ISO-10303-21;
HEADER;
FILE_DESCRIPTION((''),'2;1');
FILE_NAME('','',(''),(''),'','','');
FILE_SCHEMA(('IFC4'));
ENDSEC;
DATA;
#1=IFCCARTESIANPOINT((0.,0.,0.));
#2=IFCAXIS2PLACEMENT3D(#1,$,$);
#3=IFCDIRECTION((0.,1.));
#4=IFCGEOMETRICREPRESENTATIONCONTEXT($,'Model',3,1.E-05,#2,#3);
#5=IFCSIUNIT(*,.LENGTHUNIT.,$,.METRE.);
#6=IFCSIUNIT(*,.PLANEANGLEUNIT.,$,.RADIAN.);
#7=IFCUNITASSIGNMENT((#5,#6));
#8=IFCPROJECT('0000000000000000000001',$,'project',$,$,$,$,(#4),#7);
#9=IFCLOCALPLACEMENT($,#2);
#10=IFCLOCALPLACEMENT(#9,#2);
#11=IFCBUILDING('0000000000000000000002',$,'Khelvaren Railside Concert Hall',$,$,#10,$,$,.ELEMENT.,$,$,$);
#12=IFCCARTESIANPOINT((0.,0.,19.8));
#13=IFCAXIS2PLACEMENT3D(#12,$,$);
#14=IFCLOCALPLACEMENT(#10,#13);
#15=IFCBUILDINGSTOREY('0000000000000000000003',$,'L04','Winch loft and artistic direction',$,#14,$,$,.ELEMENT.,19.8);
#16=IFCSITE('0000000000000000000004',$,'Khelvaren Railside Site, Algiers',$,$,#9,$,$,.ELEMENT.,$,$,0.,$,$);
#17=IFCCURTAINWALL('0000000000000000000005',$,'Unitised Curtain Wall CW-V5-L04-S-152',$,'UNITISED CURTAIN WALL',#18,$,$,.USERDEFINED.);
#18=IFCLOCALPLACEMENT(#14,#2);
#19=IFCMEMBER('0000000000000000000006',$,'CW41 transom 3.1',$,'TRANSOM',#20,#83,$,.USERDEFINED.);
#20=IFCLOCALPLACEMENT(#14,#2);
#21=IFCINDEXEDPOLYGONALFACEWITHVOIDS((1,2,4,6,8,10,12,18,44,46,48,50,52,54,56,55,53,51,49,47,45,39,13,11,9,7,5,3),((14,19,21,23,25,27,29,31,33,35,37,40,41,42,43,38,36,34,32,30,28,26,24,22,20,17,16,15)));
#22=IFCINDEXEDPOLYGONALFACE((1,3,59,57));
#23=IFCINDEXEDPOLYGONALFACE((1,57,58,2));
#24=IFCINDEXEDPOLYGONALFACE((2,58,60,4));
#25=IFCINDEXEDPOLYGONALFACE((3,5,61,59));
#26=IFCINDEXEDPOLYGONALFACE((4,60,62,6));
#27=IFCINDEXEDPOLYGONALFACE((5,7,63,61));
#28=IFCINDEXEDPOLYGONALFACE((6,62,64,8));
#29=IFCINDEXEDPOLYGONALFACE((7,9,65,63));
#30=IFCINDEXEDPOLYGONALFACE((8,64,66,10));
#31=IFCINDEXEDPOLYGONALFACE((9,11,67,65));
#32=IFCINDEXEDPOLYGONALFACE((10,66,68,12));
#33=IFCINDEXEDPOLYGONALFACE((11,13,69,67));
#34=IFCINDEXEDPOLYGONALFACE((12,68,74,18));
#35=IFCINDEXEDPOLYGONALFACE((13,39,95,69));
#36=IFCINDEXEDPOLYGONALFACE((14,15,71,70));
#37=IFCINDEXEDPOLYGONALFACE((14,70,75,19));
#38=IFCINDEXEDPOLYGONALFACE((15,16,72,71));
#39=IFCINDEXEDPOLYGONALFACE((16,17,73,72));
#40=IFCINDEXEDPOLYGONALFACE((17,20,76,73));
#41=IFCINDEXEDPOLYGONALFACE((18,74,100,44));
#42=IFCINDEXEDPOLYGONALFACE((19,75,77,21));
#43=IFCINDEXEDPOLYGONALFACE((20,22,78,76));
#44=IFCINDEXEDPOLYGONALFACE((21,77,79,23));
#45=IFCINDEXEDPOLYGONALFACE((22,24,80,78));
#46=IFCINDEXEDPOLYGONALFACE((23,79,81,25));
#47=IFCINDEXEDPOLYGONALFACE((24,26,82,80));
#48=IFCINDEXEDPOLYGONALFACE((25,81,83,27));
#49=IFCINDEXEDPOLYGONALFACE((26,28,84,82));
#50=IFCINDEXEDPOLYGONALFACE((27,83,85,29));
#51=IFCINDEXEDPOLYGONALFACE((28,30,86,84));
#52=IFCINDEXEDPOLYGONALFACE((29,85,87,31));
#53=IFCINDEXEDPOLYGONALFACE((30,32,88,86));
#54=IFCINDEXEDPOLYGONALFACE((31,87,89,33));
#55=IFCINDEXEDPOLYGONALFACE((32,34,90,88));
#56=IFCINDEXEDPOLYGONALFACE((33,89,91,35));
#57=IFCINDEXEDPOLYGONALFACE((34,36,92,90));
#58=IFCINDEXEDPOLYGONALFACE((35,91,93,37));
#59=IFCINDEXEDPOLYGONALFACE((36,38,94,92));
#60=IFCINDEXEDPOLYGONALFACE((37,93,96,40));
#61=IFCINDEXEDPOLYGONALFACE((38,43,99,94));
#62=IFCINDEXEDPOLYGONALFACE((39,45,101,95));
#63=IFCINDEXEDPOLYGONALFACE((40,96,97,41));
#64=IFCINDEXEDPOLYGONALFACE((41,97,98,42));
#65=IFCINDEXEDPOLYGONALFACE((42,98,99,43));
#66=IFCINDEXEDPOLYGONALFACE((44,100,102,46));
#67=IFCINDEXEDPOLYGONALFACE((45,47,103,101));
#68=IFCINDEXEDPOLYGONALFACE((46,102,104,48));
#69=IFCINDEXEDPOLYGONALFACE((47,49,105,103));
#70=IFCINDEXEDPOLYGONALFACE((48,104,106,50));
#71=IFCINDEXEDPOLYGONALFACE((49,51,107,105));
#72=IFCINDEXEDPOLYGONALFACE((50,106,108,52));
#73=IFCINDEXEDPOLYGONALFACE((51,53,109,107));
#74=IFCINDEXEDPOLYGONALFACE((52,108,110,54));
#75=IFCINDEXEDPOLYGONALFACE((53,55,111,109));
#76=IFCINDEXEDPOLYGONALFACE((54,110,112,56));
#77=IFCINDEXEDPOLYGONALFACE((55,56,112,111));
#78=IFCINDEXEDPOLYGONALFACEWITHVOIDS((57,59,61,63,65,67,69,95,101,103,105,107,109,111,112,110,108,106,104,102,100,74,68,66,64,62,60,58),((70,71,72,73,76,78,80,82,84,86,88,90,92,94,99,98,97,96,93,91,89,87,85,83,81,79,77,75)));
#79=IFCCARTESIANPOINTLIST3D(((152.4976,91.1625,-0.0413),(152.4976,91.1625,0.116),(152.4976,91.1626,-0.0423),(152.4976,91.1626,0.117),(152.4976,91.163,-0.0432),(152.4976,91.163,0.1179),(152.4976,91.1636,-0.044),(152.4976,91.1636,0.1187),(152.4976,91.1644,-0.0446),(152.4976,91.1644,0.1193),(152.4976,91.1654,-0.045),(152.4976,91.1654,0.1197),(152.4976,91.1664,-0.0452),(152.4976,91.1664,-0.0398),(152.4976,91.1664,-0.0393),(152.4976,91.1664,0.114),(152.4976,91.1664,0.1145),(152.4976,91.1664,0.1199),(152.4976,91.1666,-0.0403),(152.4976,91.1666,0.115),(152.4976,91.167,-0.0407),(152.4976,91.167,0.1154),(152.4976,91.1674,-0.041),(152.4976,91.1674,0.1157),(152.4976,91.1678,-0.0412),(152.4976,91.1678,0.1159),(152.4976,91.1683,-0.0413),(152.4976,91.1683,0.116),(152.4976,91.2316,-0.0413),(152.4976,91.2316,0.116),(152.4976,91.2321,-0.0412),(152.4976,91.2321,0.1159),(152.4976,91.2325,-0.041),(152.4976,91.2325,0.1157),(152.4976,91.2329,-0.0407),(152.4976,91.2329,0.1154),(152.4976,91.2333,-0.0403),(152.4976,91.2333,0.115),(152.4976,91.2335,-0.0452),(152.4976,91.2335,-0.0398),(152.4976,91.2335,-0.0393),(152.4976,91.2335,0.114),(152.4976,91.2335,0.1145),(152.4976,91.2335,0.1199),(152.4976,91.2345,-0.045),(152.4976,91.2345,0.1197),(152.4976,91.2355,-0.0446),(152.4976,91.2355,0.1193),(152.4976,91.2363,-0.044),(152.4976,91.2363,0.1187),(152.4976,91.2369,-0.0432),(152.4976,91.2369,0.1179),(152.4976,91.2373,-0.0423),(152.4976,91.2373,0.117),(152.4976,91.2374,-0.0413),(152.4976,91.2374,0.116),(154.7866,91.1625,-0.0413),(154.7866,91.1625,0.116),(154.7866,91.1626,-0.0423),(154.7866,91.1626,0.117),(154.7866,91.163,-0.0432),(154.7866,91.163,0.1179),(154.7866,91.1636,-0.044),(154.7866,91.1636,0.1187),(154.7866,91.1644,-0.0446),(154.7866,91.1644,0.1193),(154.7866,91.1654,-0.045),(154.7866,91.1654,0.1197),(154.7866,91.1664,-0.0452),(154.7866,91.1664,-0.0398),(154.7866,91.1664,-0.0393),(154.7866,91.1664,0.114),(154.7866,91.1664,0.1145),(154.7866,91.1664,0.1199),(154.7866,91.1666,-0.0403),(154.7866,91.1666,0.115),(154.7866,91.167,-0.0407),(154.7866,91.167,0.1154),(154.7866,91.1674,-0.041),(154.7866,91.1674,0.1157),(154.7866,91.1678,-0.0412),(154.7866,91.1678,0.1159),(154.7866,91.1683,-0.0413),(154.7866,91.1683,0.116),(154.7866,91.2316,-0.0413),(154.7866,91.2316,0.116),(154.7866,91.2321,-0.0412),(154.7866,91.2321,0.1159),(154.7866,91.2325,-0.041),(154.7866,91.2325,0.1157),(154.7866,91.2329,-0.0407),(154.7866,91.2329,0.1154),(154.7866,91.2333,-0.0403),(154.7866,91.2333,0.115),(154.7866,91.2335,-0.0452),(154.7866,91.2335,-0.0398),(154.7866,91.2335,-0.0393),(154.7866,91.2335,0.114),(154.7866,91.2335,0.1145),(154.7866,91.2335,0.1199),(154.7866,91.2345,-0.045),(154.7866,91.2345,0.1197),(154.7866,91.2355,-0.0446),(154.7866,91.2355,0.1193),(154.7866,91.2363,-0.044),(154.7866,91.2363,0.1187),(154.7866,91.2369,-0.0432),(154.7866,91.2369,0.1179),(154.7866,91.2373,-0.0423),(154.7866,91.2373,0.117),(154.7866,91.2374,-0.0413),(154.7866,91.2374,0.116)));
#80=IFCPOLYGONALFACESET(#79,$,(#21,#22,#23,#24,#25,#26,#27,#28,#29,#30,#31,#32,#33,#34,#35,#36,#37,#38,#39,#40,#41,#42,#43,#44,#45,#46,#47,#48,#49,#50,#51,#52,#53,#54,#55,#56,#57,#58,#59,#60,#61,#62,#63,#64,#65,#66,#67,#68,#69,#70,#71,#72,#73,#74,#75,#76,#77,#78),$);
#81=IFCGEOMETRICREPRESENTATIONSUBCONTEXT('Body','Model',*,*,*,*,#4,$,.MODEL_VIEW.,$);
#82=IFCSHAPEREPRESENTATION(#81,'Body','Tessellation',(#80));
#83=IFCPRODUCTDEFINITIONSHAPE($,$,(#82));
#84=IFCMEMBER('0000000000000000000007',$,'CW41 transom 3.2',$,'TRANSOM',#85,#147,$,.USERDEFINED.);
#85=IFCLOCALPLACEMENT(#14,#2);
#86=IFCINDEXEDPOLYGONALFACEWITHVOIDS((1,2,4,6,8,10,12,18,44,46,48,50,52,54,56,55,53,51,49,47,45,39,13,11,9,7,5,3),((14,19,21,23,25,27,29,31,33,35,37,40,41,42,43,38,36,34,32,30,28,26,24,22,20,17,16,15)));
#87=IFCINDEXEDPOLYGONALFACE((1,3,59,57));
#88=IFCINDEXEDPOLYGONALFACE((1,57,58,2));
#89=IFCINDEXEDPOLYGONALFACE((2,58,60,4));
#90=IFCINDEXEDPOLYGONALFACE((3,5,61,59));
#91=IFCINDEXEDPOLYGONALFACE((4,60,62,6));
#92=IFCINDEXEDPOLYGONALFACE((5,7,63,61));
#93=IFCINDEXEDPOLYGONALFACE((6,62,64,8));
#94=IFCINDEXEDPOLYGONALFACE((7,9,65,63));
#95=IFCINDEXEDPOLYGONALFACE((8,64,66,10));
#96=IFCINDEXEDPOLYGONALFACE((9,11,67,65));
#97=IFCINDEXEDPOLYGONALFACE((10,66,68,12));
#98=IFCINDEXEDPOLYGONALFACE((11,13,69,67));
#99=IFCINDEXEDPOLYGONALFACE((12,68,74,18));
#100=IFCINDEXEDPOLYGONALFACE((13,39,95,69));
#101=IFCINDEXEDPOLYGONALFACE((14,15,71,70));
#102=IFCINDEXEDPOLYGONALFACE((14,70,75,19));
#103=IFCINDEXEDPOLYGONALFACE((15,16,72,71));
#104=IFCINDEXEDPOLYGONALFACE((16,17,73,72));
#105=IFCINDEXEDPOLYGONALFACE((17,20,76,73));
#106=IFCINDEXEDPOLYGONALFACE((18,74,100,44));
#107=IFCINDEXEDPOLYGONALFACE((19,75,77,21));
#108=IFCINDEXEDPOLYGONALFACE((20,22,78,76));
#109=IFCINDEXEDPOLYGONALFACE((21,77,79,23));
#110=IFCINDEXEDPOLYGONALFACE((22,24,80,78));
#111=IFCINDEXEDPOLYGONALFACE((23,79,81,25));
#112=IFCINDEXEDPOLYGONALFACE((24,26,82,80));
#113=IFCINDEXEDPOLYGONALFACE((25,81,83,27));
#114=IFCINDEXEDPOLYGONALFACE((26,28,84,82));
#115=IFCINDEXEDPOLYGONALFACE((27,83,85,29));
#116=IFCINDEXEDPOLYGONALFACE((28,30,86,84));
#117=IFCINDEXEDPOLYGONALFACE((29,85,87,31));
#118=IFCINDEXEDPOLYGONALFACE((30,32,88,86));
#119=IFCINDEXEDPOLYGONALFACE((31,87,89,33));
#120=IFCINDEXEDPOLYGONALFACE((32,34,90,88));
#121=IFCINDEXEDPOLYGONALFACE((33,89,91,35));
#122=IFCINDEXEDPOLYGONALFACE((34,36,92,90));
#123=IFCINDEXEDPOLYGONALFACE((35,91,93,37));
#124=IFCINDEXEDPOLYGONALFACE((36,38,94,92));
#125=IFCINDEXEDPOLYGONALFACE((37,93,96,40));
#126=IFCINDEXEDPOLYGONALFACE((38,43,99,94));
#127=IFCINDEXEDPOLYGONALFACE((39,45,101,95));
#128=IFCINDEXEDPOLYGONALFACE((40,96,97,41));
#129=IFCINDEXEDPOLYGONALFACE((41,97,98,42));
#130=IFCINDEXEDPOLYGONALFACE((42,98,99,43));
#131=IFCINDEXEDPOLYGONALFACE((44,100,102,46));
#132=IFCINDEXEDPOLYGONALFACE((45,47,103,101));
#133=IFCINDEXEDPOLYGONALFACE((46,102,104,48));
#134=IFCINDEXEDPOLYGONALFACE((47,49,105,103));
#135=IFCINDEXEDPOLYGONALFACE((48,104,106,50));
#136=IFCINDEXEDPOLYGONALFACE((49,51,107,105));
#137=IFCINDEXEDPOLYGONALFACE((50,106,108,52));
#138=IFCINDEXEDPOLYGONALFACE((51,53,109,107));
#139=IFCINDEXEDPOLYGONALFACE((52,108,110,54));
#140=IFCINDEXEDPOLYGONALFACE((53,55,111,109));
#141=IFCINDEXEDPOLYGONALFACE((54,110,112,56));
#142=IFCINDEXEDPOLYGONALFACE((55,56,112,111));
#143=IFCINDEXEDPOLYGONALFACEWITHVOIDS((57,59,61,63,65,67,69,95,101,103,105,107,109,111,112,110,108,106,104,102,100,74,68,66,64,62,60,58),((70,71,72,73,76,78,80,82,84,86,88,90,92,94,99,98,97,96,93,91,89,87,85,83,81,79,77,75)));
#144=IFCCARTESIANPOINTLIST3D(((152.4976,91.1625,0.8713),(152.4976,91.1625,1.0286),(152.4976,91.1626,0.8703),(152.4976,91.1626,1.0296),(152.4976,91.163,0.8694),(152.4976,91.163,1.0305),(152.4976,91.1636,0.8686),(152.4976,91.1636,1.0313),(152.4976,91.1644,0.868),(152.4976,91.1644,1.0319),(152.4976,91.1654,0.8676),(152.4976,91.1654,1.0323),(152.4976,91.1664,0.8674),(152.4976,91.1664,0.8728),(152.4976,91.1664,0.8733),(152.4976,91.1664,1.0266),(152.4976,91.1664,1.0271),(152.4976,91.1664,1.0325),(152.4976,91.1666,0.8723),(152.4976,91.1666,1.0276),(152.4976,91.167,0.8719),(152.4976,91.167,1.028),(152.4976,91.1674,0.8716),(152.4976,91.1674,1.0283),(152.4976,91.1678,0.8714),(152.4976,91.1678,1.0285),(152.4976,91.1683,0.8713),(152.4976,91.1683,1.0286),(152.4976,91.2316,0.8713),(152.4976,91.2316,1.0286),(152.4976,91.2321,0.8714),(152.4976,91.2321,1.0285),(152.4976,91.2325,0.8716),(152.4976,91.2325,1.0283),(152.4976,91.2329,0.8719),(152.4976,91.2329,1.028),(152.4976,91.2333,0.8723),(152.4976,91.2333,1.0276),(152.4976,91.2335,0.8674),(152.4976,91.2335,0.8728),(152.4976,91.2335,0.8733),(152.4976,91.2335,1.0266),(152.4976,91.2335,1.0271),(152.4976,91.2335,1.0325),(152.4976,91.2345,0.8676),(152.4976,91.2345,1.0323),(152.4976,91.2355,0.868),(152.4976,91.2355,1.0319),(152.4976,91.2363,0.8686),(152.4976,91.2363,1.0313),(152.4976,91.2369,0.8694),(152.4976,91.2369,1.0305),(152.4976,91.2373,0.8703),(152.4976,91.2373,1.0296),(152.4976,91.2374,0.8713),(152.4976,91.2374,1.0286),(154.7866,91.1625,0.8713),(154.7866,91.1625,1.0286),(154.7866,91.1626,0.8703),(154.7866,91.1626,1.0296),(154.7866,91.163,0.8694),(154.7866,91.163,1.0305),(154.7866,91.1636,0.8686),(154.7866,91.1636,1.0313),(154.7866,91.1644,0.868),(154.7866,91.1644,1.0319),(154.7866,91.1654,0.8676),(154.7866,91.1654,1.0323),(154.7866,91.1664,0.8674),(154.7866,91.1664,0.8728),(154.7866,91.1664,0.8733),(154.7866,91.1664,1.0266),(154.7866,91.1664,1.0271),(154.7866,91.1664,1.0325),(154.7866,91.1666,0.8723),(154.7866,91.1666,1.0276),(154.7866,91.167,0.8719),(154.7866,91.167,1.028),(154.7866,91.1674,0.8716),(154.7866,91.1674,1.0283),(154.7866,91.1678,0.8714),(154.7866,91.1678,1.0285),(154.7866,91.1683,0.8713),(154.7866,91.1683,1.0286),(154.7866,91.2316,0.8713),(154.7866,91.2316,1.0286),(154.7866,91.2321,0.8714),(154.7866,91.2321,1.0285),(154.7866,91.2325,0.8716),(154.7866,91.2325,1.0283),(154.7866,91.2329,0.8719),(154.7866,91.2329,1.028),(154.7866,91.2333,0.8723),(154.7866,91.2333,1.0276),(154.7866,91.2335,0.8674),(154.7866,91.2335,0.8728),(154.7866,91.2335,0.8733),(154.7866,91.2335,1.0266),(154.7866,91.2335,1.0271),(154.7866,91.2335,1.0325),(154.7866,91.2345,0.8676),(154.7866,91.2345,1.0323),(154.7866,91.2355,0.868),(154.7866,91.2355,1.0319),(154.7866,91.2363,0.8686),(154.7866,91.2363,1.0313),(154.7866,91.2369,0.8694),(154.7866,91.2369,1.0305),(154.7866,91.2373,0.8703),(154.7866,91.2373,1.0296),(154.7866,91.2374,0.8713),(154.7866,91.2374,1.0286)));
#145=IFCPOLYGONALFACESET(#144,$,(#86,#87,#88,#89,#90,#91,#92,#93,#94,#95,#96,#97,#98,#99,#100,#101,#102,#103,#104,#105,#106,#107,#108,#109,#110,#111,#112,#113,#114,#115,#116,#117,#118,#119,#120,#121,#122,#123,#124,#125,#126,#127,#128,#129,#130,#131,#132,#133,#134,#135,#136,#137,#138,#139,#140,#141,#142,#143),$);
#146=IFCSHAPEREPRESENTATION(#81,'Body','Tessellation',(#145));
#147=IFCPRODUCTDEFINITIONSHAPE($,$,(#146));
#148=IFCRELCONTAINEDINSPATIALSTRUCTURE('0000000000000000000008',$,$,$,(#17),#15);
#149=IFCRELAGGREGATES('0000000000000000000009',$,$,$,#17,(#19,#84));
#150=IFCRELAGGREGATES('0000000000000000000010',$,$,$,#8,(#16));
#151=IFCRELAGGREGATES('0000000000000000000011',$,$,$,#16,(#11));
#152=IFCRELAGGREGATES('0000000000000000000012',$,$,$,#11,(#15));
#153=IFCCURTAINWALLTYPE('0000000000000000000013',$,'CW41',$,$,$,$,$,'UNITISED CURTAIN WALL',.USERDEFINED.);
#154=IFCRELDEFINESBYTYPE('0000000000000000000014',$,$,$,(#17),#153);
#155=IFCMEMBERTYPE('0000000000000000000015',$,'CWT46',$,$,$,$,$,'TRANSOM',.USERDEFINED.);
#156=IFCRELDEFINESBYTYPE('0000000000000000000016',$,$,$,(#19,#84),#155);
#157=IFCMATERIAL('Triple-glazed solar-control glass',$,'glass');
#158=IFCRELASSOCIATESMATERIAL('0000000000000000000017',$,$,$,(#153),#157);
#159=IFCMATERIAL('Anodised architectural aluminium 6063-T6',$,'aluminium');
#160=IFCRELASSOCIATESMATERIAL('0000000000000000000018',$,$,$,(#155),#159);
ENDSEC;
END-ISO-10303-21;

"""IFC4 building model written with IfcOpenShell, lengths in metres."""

from ifc_helpers import new_model, si_unit, direction, frame, origin, origin_2d, place, context, subcontext, project, spatial, hollow_rectangle, extrude, material, material_profile, profile_set, type_object, element, aggregate, save


model = new_model("IFC4")

# Units and contexts
model_context = context("Model", 3, precision=1e-05, world=origin(), true_north=direction((0.0, 1.0)))
body_context = subcontext(model_context, "Body", "Model", "MODEL_VIEW")
ifc_project = project(units=[si_unit("LENGTHUNIT", "METRE"), si_unit("PLANEANGLEUNIT", "RADIAN")], contexts=[model_context])

# Site, building, storey
site_placement = place(None, origin())
site = spatial("IfcSite", under=ifc_project, at=site_placement, Name="Khelvaren Railside Site, Algiers", CompositionType="ELEMENT", RefElevation=0.0)
building_placement = place(site_placement, origin())
building = spatial("IfcBuilding", under=site, at=building_placement, Name="Khelvaren Railside Concert Hall", CompositionType="ELEMENT")
storey_placement = place(building_placement, frame((0.0, 0.0, 19.8)))
storey = spatial("IfcBuildingStorey", under=building, at=storey_placement, Name="L04", Description="Winch loft and artistic direction", CompositionType="ELEMENT", Elevation=19.8)

# Curtain wall
ifc_material_1 = material(Name="Triple-glazed solar-control glass", Category="glass")
ifc_material_2 = material(Name="Anodised architectural aluminium 6063-T6", Category="aluminium")
curtain_wall_type_1 = type_object("IfcCurtainWallType", Name="CW41", ElementType="UNITISED CURTAIN WALL", PredefinedType="USERDEFINED", material=ifc_material_1)
curtain_wall_1_placement = place(storey_placement, origin())
curtain_wall_1 = element("IfcCurtainWall", 1, at=curtain_wall_1_placement, inside=storey, type_object=curtain_wall_type_1, Name="Unitised Curtain Wall CW-V5-L04-S-152", ObjectType="UNITISED CURTAIN WALL", PredefinedType="USERDEFINED")

# Members
ifc_material_profile_1 = material_profile(ifc_material_2, hollow_rectangle(XDim=0.075, YDim=0.165, WallThickness=0.0039, InnerFilletRadius=0.002, OuterFilletRadius=0.0039, at=origin_2d()), Name="CWT 75x165x4")
ifc_profile_set_1 = profile_set([ifc_material_profile_1], Name="Anodised architectural aluminium 6063-T6")
member_type_1 = type_object("IfcMemberType", Name="CWT46", ElementType="TRANSOM", PredefinedType="USERDEFINED", material=ifc_profile_set_1)
member_1_placement = place(storey_placement, frame((154.7866, 91.2, 0.0374), z_axis=(-1.0, 0.0, 0.0), x_axis=(0.0, -1.0, 0.0)))
member_1 = element("IfcMember", 2, at=member_1_placement, type_object=member_type_1, Name="CW41 transom 3.1", ObjectType="TRANSOM", PredefinedType="USERDEFINED", context=body_context, shape_type="SweptSolid", body=[
    extrude(hollow_rectangle(XDim=0.075, YDim=0.165, WallThickness=0.0039, InnerFilletRadius=0.002, OuterFilletRadius=0.0039, at=origin_2d()), origin(), (0.0, 0.0, 1.0), 2.2891),
])
member_2_placement = place(storey_placement, frame((154.7866, 91.2, 0.95), z_axis=(-1.0, 0.0, 0.0), x_axis=(0.0, -1.0, 0.0)))
member_2 = element("IfcMember", 3, at=member_2_placement, type_object=member_type_1, Name="CW41 transom 3.2", ObjectType="TRANSOM", PredefinedType="USERDEFINED", context=body_context, shape_type="SweptSolid", body=[
    extrude(hollow_rectangle(XDim=0.075, YDim=0.165, WallThickness=0.0039, InnerFilletRadius=0.002, OuterFilletRadius=0.0039, at=origin_2d()), origin(), (0.0, 0.0, 1.0), 2.2891),
])

aggregate(curtain_wall_1, [member_1, member_2])

save(model, "model.ifc")
